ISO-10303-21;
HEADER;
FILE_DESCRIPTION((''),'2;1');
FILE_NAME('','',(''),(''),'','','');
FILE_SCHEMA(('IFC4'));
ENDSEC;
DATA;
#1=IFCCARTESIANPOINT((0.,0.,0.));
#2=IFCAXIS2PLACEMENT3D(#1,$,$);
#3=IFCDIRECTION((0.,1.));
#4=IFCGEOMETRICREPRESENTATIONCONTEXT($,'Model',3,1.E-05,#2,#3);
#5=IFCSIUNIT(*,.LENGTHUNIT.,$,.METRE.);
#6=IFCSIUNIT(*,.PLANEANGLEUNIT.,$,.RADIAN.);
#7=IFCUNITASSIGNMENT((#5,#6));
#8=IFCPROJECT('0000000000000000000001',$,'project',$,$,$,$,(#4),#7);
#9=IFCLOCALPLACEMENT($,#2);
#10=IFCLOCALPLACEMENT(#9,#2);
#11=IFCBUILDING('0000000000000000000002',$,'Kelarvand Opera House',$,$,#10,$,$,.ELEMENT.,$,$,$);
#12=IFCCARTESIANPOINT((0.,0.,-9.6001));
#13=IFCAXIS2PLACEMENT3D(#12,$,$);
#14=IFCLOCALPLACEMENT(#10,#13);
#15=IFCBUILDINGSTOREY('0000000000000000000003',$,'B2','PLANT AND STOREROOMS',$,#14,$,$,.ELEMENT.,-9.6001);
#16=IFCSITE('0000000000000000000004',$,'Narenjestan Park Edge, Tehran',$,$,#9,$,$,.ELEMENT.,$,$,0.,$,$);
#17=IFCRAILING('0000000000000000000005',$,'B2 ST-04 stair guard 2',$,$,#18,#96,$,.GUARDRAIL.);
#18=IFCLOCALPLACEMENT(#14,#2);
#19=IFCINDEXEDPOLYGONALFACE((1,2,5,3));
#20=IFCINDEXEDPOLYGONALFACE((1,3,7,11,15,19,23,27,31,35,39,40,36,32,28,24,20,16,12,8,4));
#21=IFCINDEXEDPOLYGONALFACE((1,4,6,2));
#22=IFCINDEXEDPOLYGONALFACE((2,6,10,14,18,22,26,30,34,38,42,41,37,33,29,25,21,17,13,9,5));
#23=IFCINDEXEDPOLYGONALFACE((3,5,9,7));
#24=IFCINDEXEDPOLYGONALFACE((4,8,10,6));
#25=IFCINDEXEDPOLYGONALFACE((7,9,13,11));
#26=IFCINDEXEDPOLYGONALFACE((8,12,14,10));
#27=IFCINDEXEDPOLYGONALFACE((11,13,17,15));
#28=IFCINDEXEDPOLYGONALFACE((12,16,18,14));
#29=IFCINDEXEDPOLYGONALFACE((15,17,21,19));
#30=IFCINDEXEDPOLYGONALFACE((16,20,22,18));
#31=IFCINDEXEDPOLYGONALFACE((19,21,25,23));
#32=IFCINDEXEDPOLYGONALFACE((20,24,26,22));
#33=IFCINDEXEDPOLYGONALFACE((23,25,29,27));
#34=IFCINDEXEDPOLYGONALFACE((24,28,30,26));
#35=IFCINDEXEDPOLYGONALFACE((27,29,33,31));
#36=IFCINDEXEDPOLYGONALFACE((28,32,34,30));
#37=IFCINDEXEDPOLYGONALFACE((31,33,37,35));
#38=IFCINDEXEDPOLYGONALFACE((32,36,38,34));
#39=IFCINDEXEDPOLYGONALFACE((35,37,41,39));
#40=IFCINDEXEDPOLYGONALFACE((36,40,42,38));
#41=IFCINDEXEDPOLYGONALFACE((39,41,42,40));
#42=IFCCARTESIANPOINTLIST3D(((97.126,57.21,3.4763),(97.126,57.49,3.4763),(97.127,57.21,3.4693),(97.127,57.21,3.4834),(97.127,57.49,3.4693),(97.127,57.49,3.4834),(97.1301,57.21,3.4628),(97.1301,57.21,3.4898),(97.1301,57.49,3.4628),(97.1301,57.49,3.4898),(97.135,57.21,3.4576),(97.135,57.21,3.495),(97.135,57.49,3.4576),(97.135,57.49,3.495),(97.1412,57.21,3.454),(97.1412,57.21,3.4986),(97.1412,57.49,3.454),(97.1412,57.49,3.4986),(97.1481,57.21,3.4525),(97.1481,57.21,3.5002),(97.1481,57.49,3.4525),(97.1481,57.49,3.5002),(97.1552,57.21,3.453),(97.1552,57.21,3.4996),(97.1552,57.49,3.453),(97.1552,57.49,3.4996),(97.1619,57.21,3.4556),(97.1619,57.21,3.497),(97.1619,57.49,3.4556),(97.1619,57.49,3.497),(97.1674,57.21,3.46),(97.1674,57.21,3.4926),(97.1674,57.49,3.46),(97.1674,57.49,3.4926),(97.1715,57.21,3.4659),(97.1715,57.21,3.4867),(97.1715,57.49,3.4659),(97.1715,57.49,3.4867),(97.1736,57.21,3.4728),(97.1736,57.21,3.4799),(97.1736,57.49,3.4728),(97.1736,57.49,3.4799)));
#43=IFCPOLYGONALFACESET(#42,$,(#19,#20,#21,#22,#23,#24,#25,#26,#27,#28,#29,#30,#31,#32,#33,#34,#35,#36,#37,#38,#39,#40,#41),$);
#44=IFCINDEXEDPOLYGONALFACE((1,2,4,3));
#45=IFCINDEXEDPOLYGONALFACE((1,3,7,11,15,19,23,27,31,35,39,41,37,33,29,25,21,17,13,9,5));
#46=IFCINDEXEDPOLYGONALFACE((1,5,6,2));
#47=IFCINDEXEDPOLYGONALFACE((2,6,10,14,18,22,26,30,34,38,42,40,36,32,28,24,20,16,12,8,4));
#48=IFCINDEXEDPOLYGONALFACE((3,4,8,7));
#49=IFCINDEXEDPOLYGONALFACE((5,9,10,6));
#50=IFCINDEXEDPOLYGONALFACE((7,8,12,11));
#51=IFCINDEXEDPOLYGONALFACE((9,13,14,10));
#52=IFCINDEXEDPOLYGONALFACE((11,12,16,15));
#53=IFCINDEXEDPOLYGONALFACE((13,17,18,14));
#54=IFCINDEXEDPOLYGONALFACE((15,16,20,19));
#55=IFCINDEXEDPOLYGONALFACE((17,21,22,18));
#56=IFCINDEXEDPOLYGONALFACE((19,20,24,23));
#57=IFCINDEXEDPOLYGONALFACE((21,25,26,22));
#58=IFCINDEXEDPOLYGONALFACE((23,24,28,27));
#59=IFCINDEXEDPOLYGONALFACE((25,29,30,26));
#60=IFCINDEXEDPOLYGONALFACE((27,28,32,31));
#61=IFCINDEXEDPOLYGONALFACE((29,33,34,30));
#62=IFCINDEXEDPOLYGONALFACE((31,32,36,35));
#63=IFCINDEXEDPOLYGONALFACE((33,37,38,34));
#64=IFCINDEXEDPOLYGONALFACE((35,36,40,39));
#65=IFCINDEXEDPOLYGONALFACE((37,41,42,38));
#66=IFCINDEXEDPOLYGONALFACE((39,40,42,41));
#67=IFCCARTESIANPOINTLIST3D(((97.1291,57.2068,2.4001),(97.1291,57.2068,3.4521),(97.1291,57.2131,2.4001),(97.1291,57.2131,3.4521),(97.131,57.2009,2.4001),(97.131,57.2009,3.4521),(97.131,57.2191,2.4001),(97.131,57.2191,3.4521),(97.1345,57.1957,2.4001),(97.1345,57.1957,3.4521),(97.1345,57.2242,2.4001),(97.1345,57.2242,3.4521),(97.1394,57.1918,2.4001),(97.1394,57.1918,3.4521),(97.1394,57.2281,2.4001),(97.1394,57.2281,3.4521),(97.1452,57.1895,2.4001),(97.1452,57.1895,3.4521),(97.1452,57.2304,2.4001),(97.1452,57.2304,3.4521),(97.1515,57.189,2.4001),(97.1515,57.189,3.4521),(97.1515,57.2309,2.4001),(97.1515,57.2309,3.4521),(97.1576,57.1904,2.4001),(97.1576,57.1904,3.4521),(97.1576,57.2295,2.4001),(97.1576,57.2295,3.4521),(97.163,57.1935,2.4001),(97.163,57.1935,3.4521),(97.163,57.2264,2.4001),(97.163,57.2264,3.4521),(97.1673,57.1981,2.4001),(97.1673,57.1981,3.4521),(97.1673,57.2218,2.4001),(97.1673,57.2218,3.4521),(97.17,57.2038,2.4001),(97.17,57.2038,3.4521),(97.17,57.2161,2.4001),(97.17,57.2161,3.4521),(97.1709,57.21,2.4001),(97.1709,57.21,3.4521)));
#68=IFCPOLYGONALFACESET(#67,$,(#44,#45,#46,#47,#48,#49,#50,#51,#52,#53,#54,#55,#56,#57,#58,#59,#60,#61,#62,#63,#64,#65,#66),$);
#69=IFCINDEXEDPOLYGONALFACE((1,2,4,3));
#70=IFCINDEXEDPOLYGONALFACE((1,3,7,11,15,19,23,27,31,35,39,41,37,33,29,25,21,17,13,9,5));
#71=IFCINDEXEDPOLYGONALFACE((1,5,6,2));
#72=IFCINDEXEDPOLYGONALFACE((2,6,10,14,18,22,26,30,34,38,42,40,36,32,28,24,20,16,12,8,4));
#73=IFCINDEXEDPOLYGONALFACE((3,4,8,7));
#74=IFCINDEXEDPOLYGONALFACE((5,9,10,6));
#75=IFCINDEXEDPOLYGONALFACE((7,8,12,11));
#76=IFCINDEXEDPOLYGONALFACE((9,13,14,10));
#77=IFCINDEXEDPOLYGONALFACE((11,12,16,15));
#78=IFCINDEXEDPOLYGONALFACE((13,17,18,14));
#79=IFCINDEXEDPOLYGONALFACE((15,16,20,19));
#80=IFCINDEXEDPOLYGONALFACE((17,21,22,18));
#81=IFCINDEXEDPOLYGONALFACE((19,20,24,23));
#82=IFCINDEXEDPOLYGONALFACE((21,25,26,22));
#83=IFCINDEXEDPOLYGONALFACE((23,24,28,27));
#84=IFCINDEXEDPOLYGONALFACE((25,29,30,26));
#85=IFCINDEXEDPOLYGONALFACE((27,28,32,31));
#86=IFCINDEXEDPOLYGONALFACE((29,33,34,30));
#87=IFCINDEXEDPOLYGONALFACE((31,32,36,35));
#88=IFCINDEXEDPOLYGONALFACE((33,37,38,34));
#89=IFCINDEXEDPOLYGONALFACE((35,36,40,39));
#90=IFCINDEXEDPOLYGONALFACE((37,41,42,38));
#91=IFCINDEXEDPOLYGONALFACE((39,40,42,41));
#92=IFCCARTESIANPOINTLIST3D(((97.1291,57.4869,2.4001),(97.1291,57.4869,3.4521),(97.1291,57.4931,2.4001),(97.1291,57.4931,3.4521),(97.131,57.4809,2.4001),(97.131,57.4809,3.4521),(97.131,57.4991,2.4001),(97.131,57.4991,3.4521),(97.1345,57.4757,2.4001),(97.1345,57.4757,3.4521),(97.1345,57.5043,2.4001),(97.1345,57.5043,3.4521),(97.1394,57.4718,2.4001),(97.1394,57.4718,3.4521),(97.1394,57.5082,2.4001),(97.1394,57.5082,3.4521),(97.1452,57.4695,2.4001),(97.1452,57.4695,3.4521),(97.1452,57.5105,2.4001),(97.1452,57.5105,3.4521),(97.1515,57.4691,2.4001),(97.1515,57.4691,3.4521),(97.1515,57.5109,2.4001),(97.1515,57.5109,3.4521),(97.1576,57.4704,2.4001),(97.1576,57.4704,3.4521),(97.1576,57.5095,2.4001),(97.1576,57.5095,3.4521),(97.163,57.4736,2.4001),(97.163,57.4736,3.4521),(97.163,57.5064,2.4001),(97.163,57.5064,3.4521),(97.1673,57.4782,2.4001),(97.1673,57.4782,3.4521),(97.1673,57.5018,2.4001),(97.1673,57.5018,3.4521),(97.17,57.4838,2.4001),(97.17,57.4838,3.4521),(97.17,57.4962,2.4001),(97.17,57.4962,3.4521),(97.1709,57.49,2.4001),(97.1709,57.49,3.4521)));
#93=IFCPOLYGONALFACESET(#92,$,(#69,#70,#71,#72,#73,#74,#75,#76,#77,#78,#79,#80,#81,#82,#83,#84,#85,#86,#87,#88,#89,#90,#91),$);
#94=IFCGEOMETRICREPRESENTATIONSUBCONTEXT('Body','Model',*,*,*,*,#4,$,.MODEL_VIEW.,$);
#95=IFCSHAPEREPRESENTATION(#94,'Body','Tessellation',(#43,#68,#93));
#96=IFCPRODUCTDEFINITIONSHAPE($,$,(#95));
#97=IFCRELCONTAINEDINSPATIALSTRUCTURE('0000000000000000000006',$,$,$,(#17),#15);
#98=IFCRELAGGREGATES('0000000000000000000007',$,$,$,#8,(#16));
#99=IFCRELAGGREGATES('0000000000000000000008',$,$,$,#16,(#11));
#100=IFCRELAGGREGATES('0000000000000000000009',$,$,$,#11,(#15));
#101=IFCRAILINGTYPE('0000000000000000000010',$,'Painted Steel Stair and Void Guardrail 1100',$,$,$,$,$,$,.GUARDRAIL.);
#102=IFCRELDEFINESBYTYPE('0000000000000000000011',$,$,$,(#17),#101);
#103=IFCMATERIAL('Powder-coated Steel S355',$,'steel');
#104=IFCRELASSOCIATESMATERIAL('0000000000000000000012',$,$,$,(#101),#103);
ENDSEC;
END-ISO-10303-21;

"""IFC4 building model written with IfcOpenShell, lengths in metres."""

from ifc_helpers import new_model, si_unit, direction, frame, origin, origin_2d, place, context, subcontext, project, spatial, circle, extrude, material, type_object, element, save


model = new_model("IFC4")

# Units and contexts
model_context = context("Model", 3, precision=1e-05, world=origin(), true_north=direction((0.0, 1.0)))
body_context = subcontext(model_context, "Body", "Model", "MODEL_VIEW")
ifc_project = project(units=[si_unit("LENGTHUNIT", "METRE"), si_unit("PLANEANGLEUNIT", "RADIAN")], contexts=[model_context])

# Site, building, storey
site_placement = place(None, origin())
site = spatial("IfcSite", under=ifc_project, at=site_placement, Name="Narenjestan Park Edge, Tehran", CompositionType="ELEMENT", RefElevation=0.0)
building_placement = place(site_placement, origin())
building = spatial("IfcBuilding", under=site, at=building_placement, Name="Kelarvand Opera House", CompositionType="ELEMENT")
storey_placement = place(building_placement, frame((0.0, 0.0, -9.6001)))
storey = spatial("IfcBuildingStorey", under=building, at=storey_placement, Name="B2", Description="PLANT AND STOREROOMS", CompositionType="ELEMENT", Elevation=-9.6001)

# Railing
ifc_material_1 = material(Name="Powder-coated Steel S355", Category="steel")
railing_type_1 = type_object("IfcRailingType", Name="Painted Steel Stair and Void Guardrail 1100", PredefinedType="GUARDRAIL", material=ifc_material_1)
railing_1_placement = place(storey_placement, frame((97.1499, 57.21, 2.4001)))
element("IfcRailing", 1, at=railing_1_placement, inside=storey, type_object=railing_type_1, Name="B2 ST-04 stair guard 2", PredefinedType="GUARDRAIL", context=body_context, shape_type="SweptSolid", body=[
    extrude(circle(Radius=0.0239, at=origin_2d()), frame((0.0, 0.0, 1.0762), z_axis=(0.0, 1.0, 0.0), x_axis=(-1.0, 0.0, 0.0)), (0.0, 0.0, 1.0), 0.28),
    extrude(circle(Radius=0.021, at=origin_2d()), origin(), (0.0, 0.0, 1.0), 1.052),
    extrude(circle(Radius=0.021, at=origin_2d()), frame((0.0, 0.28, 0.0)), (0.0, 0.0, 1.0), 1.052),
])

save(model, "model.ifc")
